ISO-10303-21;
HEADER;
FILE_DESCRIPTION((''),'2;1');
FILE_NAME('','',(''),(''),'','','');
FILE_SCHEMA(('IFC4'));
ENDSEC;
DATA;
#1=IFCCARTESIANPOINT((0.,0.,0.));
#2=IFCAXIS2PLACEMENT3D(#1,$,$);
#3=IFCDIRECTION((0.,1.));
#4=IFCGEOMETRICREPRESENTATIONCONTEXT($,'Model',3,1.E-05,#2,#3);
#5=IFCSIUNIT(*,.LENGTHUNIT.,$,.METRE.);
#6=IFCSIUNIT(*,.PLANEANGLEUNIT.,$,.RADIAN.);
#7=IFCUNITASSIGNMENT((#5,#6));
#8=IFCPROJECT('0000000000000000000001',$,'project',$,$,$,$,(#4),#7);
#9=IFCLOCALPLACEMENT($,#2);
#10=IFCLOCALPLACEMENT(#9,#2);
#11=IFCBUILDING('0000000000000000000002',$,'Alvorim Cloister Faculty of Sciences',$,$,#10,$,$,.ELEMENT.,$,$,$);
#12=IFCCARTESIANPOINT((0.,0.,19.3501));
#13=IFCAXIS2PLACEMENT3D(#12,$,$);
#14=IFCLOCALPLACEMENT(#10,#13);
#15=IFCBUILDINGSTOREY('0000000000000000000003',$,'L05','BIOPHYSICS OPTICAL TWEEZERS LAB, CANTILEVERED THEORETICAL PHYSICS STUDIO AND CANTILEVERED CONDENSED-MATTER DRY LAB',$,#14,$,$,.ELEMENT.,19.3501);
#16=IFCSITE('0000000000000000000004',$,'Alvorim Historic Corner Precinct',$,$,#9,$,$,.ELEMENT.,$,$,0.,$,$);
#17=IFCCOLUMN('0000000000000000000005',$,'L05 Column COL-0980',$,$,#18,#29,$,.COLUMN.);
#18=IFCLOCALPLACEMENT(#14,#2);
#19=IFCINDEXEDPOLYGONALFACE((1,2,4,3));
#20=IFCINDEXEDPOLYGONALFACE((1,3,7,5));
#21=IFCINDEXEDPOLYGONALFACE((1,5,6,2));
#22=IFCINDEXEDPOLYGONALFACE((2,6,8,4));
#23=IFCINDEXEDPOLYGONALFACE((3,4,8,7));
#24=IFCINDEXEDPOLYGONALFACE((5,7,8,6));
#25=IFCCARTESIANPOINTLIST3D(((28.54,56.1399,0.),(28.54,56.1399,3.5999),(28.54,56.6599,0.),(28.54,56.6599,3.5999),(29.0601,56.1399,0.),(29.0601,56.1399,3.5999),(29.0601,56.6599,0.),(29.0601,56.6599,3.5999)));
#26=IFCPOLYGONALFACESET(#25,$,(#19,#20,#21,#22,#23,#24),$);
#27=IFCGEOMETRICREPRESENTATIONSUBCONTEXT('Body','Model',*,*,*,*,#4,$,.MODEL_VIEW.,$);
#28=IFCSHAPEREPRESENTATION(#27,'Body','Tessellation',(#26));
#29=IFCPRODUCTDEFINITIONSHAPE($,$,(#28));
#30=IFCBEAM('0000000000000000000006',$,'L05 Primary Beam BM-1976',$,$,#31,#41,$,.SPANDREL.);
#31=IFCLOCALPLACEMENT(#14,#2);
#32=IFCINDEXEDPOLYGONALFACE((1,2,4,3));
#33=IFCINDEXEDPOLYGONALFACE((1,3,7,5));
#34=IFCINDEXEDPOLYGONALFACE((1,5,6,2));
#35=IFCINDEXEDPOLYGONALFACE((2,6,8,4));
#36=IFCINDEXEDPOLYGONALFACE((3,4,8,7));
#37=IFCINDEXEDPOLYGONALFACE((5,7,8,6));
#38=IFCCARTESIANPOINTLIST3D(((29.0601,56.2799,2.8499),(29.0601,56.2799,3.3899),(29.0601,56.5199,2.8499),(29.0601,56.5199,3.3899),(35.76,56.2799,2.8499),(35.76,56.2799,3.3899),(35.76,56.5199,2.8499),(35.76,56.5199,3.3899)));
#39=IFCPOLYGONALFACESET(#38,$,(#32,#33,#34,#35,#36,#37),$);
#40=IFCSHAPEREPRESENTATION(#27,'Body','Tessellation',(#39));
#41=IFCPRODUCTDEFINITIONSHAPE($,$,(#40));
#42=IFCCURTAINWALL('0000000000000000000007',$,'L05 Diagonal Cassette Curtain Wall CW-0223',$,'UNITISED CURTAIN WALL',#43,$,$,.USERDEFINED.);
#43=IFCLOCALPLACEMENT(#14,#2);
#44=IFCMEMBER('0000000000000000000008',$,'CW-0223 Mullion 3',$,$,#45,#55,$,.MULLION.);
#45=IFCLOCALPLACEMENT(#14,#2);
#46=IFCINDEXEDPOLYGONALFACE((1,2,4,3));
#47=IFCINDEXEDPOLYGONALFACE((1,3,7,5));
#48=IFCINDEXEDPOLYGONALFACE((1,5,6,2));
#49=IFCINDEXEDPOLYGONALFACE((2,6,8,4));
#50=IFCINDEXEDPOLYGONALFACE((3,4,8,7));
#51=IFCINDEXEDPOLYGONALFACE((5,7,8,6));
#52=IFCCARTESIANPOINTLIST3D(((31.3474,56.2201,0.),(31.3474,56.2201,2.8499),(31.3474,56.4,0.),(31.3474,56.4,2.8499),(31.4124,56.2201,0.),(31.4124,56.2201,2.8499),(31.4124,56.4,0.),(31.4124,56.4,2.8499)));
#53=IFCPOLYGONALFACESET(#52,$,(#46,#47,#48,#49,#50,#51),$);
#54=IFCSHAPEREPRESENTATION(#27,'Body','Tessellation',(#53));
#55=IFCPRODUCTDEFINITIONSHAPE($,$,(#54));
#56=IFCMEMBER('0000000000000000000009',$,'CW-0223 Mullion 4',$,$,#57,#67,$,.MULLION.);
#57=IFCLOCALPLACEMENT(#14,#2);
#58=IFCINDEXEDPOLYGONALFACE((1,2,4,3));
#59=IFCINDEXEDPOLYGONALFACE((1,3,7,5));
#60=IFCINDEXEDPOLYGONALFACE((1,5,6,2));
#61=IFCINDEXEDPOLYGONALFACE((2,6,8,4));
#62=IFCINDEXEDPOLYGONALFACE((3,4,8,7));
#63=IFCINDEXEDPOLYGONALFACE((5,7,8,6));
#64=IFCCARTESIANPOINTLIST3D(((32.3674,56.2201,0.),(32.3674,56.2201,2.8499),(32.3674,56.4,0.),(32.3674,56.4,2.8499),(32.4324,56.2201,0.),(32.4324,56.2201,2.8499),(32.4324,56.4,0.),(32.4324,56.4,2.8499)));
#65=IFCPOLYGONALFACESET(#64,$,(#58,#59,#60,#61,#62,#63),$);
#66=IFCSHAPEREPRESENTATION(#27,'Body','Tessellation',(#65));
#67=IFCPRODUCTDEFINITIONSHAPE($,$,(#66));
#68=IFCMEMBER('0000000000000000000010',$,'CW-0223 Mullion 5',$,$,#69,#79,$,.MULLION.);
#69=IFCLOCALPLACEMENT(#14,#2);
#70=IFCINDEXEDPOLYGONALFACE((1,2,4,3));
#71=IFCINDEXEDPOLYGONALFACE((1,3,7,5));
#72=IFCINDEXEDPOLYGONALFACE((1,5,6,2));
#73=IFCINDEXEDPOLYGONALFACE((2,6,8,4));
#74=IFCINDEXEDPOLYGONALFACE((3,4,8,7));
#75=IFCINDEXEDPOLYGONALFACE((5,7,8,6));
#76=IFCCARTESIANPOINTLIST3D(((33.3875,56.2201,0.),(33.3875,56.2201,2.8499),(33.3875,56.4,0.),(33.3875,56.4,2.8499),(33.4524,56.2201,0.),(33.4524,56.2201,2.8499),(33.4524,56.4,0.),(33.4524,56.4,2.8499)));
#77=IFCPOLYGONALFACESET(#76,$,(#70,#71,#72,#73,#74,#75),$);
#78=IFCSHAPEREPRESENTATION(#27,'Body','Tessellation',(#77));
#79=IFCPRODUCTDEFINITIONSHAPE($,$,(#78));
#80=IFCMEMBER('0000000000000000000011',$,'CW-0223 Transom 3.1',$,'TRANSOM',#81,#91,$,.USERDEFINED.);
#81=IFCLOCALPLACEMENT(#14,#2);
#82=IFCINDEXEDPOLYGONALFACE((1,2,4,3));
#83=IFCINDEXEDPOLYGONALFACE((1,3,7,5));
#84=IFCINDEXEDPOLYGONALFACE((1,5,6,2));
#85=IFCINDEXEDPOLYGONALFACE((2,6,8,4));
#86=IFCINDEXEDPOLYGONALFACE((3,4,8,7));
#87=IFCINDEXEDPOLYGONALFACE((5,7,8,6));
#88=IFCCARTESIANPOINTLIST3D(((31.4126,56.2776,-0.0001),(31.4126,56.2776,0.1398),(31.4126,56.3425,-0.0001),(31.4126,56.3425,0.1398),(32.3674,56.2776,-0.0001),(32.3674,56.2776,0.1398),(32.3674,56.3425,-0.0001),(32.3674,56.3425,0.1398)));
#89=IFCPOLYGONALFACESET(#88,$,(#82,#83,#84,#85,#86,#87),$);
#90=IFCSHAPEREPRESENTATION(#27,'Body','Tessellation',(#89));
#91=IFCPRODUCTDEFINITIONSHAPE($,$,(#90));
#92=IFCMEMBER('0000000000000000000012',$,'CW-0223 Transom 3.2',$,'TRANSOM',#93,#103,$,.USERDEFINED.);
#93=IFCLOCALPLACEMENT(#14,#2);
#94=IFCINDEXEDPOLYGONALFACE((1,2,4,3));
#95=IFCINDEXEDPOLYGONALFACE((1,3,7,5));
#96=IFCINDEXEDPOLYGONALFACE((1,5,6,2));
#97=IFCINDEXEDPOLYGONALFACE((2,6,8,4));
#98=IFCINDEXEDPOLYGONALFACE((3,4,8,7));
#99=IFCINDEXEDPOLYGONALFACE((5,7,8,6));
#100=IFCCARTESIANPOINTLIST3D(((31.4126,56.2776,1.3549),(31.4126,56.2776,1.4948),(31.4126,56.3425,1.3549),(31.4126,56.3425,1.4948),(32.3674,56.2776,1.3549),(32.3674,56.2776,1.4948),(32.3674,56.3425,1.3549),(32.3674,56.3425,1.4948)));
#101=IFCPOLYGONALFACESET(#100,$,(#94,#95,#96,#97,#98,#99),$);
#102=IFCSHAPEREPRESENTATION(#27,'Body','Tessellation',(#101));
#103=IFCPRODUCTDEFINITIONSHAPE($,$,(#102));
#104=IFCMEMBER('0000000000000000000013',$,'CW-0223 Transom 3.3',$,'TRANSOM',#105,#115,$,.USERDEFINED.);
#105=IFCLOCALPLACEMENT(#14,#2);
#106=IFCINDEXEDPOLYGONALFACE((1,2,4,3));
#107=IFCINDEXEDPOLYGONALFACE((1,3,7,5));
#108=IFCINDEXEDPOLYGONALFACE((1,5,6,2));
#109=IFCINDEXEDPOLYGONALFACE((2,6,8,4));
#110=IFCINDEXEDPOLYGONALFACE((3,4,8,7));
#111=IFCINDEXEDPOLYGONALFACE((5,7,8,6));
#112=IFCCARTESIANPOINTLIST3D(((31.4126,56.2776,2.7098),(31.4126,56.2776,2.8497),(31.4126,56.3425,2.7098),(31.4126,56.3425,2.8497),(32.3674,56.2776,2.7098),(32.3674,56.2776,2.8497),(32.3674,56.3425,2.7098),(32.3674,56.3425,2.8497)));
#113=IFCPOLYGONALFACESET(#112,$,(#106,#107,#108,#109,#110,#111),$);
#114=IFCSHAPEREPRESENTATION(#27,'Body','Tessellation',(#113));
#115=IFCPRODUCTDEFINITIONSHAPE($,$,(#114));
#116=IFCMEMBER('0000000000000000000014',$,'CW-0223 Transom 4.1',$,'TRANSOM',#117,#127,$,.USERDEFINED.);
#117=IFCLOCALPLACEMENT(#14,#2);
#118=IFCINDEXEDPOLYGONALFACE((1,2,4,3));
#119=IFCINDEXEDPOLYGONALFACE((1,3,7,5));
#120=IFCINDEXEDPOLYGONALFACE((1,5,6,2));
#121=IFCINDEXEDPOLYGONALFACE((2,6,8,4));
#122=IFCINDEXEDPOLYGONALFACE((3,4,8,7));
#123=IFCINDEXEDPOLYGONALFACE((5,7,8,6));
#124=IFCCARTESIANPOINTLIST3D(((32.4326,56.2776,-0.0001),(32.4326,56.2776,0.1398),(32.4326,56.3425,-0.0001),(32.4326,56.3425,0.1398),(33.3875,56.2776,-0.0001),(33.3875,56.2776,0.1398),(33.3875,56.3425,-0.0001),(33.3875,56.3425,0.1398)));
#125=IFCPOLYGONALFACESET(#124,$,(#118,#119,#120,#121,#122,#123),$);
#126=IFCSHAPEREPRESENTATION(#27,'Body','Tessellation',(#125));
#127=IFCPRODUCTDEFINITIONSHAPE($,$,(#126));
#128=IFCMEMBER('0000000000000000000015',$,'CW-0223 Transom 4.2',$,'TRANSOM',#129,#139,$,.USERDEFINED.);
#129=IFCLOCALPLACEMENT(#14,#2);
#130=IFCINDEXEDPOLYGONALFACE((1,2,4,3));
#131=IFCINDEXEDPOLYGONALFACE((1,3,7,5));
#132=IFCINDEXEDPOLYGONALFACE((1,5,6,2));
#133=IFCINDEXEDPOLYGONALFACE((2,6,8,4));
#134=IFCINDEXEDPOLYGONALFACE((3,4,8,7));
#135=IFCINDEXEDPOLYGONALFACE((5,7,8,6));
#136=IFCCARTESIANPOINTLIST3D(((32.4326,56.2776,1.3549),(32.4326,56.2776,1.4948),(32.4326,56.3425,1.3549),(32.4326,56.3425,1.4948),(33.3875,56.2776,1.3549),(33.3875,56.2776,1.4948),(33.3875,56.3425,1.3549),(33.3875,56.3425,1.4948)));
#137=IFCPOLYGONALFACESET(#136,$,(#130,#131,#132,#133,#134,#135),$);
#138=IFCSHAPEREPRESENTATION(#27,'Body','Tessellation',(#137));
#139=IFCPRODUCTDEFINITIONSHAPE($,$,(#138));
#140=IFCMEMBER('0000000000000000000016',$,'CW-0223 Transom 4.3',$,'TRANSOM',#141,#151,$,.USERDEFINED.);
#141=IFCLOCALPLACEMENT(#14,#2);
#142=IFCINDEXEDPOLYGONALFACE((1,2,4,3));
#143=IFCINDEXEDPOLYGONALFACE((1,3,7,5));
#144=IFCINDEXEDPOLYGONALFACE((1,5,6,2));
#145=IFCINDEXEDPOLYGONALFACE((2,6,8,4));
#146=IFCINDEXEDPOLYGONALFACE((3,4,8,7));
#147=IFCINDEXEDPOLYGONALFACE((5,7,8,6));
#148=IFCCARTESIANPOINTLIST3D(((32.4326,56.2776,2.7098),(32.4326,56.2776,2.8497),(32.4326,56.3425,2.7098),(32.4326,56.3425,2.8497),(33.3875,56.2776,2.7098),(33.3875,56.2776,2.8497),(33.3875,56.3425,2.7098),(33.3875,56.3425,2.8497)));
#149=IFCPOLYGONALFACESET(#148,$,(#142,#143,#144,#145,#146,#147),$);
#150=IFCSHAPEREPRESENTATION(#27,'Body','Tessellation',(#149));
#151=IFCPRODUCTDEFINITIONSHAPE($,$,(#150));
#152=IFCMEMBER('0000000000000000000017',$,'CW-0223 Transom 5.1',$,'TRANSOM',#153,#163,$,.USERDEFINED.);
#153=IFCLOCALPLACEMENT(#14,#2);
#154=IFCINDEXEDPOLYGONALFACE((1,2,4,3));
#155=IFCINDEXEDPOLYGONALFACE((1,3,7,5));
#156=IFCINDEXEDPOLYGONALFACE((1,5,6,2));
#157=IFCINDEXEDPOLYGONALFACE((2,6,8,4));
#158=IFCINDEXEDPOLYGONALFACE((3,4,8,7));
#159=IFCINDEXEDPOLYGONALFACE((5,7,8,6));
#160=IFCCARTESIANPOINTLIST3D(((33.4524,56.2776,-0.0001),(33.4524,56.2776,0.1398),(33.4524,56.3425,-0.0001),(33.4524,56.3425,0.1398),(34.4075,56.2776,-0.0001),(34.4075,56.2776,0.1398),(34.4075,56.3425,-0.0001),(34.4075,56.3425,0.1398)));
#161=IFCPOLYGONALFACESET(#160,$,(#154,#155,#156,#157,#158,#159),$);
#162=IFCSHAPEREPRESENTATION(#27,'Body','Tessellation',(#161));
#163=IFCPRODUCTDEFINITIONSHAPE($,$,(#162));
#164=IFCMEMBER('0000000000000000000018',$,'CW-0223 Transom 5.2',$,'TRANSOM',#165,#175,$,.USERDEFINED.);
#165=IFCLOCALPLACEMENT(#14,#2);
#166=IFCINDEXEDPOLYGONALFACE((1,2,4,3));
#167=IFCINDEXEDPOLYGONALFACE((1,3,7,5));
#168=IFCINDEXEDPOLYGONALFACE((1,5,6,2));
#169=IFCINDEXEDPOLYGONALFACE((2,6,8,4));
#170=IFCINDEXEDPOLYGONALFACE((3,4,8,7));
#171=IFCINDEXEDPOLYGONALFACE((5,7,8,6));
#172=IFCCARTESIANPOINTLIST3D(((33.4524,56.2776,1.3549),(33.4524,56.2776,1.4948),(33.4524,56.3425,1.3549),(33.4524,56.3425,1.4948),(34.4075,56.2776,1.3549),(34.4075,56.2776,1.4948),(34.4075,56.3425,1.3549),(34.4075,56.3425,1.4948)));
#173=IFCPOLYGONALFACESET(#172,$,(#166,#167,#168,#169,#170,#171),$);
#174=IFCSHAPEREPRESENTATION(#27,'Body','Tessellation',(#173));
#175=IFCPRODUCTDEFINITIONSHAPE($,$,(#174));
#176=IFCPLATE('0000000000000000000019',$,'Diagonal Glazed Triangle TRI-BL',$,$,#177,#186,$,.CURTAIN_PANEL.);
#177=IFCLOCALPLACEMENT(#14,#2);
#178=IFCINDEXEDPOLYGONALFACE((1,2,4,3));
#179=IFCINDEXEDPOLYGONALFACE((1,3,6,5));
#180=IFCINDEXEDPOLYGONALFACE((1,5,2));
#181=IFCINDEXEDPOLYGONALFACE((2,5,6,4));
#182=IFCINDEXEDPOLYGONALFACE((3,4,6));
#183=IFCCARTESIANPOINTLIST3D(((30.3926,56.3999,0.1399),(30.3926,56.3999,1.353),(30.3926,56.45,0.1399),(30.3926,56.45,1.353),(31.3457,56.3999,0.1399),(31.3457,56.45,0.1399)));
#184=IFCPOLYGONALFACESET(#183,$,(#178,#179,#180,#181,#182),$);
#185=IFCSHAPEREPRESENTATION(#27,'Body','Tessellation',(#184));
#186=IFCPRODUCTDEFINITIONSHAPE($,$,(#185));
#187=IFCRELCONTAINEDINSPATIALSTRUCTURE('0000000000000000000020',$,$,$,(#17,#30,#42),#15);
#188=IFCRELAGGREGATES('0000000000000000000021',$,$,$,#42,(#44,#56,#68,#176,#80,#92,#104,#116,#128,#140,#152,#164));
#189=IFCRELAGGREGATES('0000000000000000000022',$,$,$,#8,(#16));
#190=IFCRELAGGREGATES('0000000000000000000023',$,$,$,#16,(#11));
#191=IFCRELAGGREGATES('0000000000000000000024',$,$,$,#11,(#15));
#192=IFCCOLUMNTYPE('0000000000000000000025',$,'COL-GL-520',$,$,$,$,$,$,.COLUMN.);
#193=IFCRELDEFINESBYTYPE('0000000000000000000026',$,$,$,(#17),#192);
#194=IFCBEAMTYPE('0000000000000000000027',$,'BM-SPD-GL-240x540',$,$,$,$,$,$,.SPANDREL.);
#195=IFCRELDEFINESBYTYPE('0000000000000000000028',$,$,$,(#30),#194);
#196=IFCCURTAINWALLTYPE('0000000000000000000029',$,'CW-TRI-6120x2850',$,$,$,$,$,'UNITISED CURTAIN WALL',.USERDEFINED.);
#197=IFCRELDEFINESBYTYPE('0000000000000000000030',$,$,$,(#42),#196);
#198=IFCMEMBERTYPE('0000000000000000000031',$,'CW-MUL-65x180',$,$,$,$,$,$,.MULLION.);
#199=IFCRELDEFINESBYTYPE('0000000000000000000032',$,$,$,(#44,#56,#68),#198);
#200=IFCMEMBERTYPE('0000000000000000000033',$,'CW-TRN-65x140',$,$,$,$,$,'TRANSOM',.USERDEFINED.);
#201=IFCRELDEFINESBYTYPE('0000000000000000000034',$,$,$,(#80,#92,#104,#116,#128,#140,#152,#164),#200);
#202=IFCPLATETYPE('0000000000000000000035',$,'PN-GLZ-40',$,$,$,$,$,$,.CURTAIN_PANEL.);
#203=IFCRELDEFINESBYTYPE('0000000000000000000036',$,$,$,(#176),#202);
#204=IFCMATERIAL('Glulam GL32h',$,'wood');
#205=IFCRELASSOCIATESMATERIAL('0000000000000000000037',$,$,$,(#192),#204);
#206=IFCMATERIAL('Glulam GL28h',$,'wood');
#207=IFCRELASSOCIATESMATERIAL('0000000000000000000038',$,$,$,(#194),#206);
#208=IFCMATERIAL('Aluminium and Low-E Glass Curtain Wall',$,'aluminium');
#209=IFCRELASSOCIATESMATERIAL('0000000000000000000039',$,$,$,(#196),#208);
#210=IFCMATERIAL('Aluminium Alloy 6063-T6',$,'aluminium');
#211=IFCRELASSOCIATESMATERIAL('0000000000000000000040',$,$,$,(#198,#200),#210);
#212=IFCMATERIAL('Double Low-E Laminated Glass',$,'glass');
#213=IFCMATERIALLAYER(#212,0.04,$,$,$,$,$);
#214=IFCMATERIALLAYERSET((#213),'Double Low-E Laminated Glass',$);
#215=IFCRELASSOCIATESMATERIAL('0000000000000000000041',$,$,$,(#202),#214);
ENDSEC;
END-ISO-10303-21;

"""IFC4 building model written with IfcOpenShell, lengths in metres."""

from ifc_helpers import new_model, si_unit, direction, frame, origin, origin_2d, place, context, subcontext, project, spatial, polyline, rectangle, outline, extrude, material, layer, layer_set, material_profile, profile_set, type_object, element, aggregate, save


model = new_model("IFC4")

# Units and contexts
model_context = context("Model", 3, precision=1e-05, world=origin(), true_north=direction((0.0, 1.0)))
body_context = subcontext(model_context, "Body", "Model", "MODEL_VIEW")
ifc_project = project(units=[si_unit("LENGTHUNIT", "METRE"), si_unit("PLANEANGLEUNIT", "RADIAN")], contexts=[model_context])

# Site, building, storey
site_placement = place(None, origin())
site = spatial("IfcSite", under=ifc_project, at=site_placement, Name="Alvorim Historic Corner Precinct", CompositionType="ELEMENT", RefElevation=0.0)
building_placement = place(site_placement, origin())
building = spatial("IfcBuilding", under=site, at=building_placement, Name="Alvorim Cloister Faculty of Sciences", CompositionType="ELEMENT")
storey_placement = place(building_placement, frame((0.0, 0.0, 19.3501)))
storey = spatial("IfcBuildingStorey", under=building, at=storey_placement, Name="L05", Description="BIOPHYSICS OPTICAL TWEEZERS LAB, CANTILEVERED THEORETICAL PHYSICS STUDIO AND CANTILEVERED CONDENSED-MATTER DRY LAB", CompositionType="ELEMENT", Elevation=19.3501)

# Column
ifc_material_1 = material(Name="Glulam GL32h", Category="wood")
ifc_material_profile_1 = material_profile(ifc_material_1, rectangle(XDim=0.52, YDim=0.52, at=origin_2d()), Name="GL32-COL-520x520")
ifc_profile_set_1 = profile_set([ifc_material_profile_1], Name="Glulam GL32h")
column_type = type_object("IfcColumnType", Name="COL-GL-520", PredefinedType="COLUMN", material=ifc_profile_set_1)
column_placement = place(storey_placement, frame((28.8, 56.3999, 0.0), z_axis=(0.0, 0.0, 1.0), x_axis=(1.0, 0.0, 0.0)))
element("IfcColumn", 1, at=column_placement, inside=storey, type_object=column_type, Name="L05 Column COL-0980", PredefinedType="COLUMN", context=body_context, shape_type="SweptSolid", body=[
    extrude(rectangle(XDim=0.52, YDim=0.52, at=origin_2d()), origin(), (0.0, 0.0, 1.0), 3.5999),
])

# Beam
ifc_material_2 = material(Name="Glulam GL28h", Category="wood")
ifc_material_profile_2 = material_profile(ifc_material_2, rectangle(XDim=0.24, YDim=0.54, at=origin_2d()), Name="GL28-SPD-240x540")
ifc_profile_set_2 = profile_set([ifc_material_profile_2], Name="Glulam GL28h")
beam_type = type_object("IfcBeamType", Name="BM-SPD-GL-240x540", PredefinedType="SPANDREL", material=ifc_profile_set_2)
beam_placement = place(storey_placement, frame((29.0601, 56.3999, 3.1199), z_axis=(1.0, 0.0, 0.0), x_axis=(0.0, 1.0, 0.0)))
element("IfcBeam", 2, at=beam_placement, inside=storey, type_object=beam_type, Name="L05 Primary Beam BM-1976", PredefinedType="SPANDREL", context=body_context, shape_type="SweptSolid", body=[
    extrude(rectangle(XDim=0.24, YDim=0.54, at=origin_2d()), origin(), (0.0, 0.0, 1.0), 6.7),
])

# Curtain wall, members, plate
ifc_material_3 = material(Name="Aluminium and Low-E Glass Curtain Wall", Category="aluminium")
curtain_wall_type = type_object("IfcCurtainWallType", Name="CW-TRI-6120x2850", ElementType="UNITISED CURTAIN WALL", PredefinedType="USERDEFINED", material=ifc_material_3)
curtain_wall_placement = place(storey_placement, origin())
curtain_wall = element("IfcCurtainWall", 3, at=curtain_wall_placement, inside=storey, type_object=curtain_wall_type, Name="L05 Diagonal Cassette Curtain Wall CW-0223", ObjectType="UNITISED CURTAIN WALL", PredefinedType="USERDEFINED")
ifc_material_4 = material(Name="Aluminium Alloy 6063-T6", Category="aluminium")
ifc_material_profile_3 = material_profile(ifc_material_4, rectangle(XDim=0.0649, YDim=0.1799, at=origin_2d()), Name="ALU-MUL-65x180")
ifc_profile_set_3 = profile_set([ifc_material_profile_3], Name="Aluminium Alloy 6063-T6")
member_type_1 = type_object("IfcMemberType", Name="CW-MUL-65x180", PredefinedType="MULLION", material=ifc_profile_set_3)
member_1_placement = place(storey_placement, frame((31.3799, 56.3101, 0.0), z_axis=(0.0, 0.0, 1.0), x_axis=(1.0, 0.0, 0.0)))
member_1 = element("IfcMember", 4, at=member_1_placement, type_object=member_type_1, Name="CW-0223 Mullion 3", PredefinedType="MULLION", context=body_context, shape_type="SweptSolid", body=[
    extrude(rectangle(XDim=0.0649, YDim=0.1799, at=origin_2d()), origin(), (0.0, 0.0, 1.0), 2.8499),
])
member_2_placement = place(storey_placement, frame((32.3999, 56.3101, 0.0), z_axis=(0.0, 0.0, 1.0), x_axis=(1.0, 0.0, 0.0)))
member_2 = element("IfcMember", 5, at=member_2_placement, type_object=member_type_1, Name="CW-0223 Mullion 4", PredefinedType="MULLION", context=body_context, shape_type="SweptSolid", body=[
    extrude(rectangle(XDim=0.0649, YDim=0.1799, at=origin_2d()), origin(), (0.0, 0.0, 1.0), 2.8499),
])
member_3_placement = place(storey_placement, frame((33.4199, 56.3101, 0.0), z_axis=(0.0, 0.0, 1.0), x_axis=(1.0, 0.0, 0.0)))
member_3 = element("IfcMember", 6, at=member_3_placement, type_object=member_type_1, Name="CW-0223 Mullion 5", PredefinedType="MULLION", context=body_context, shape_type="SweptSolid", body=[
    extrude(rectangle(XDim=0.0649, YDim=0.1799, at=origin_2d()), origin(), (0.0, 0.0, 1.0), 2.8499),
])
ifc_material_profile_4 = material_profile(ifc_material_4, rectangle(XDim=0.0649, YDim=0.1399, at=origin_2d()), Name="ALU-TRN-65x140")
ifc_profile_set_4 = profile_set([ifc_material_profile_4], Name="Aluminium Alloy 6063-T6")
member_type_2 = type_object("IfcMemberType", Name="CW-TRN-65x140", ElementType="TRANSOM", PredefinedType="USERDEFINED", material=ifc_profile_set_4)
member_4_placement = place(storey_placement, frame((31.4126, 56.3101, 0.0698), z_axis=(1.0, 0.0, 0.0), x_axis=(0.0, 1.0, 0.0)))
member_4 = element("IfcMember", 7, at=member_4_placement, type_object=member_type_2, Name="CW-0223 Transom 3.1", ObjectType="TRANSOM", PredefinedType="USERDEFINED", context=body_context, shape_type="SweptSolid", body=[
    extrude(rectangle(XDim=0.0649, YDim=0.1399, at=origin_2d()), origin(), (0.0, 0.0, 1.0), 0.9548),
])
member_5_placement = place(storey_placement, frame((31.4126, 56.3101, 1.4248), z_axis=(1.0, 0.0, 0.0), x_axis=(0.0, 1.0, 0.0)))
member_5 = element("IfcMember", 8, at=member_5_placement, type_object=member_type_2, Name="CW-0223 Transom 3.2", ObjectType="TRANSOM", PredefinedType="USERDEFINED", context=body_context, shape_type="SweptSolid", body=[
    extrude(rectangle(XDim=0.0649, YDim=0.1399, at=origin_2d()), origin(), (0.0, 0.0, 1.0), 0.9548),
])
member_6_placement = place(storey_placement, frame((31.4126, 56.3101, 2.7798), z_axis=(1.0, 0.0, 0.0), x_axis=(0.0, 1.0, 0.0)))
member_6 = element("IfcMember", 9, at=member_6_placement, type_object=member_type_2, Name="CW-0223 Transom 3.3", ObjectType="TRANSOM", PredefinedType="USERDEFINED", context=body_context, shape_type="SweptSolid", body=[
    extrude(rectangle(XDim=0.0649, YDim=0.1399, at=origin_2d()), origin(), (0.0, 0.0, 1.0), 0.9548),
])
member_7_placement = place(storey_placement, frame((32.4326, 56.3101, 0.0698), z_axis=(1.0, 0.0, 0.0), x_axis=(0.0, 1.0, 0.0)))
member_7 = element("IfcMember", 10, at=member_7_placement, type_object=member_type_2, Name="CW-0223 Transom 4.1", ObjectType="TRANSOM", PredefinedType="USERDEFINED", context=body_context, shape_type="SweptSolid", body=[
    extrude(rectangle(XDim=0.0649, YDim=0.1399, at=origin_2d()), origin(), (0.0, 0.0, 1.0), 0.9548),
])
member_8_placement = place(storey_placement, frame((32.4326, 56.3101, 1.4248), z_axis=(1.0, 0.0, 0.0), x_axis=(0.0, 1.0, 0.0)))
member_8 = element("IfcMember", 11, at=member_8_placement, type_object=member_type_2, Name="CW-0223 Transom 4.2", ObjectType="TRANSOM", PredefinedType="USERDEFINED", context=body_context, shape_type="SweptSolid", body=[
    extrude(rectangle(XDim=0.0649, YDim=0.1399, at=origin_2d()), origin(), (0.0, 0.0, 1.0), 0.9548),
])
member_9_placement = place(storey_placement, frame((32.4326, 56.3101, 2.7798), z_axis=(1.0, 0.0, 0.0), x_axis=(0.0, 1.0, 0.0)))
member_9 = element("IfcMember", 12, at=member_9_placement, type_object=member_type_2, Name="CW-0223 Transom 4.3", ObjectType="TRANSOM", PredefinedType="USERDEFINED", context=body_context, shape_type="SweptSolid", body=[
    extrude(rectangle(XDim=0.0649, YDim=0.1399, at=origin_2d()), origin(), (0.0, 0.0, 1.0), 0.9548),
])
member_10_placement = place(storey_placement, frame((33.4524, 56.3101, 0.0698), z_axis=(1.0, 0.0, 0.0), x_axis=(0.0, 1.0, 0.0)))
member_10 = element("IfcMember", 13, at=member_10_placement, type_object=member_type_2, Name="CW-0223 Transom 5.1", ObjectType="TRANSOM", PredefinedType="USERDEFINED", context=body_context, shape_type="SweptSolid", body=[
    extrude(rectangle(XDim=0.0649, YDim=0.1399, at=origin_2d()), origin(), (0.0, 0.0, 1.0), 0.9551),
])
member_11_placement = place(storey_placement, frame((33.4524, 56.3101, 1.4248), z_axis=(1.0, 0.0, 0.0), x_axis=(0.0, 1.0, 0.0)))
member_11 = element("IfcMember", 14, at=member_11_placement, type_object=member_type_2, Name="CW-0223 Transom 5.2", ObjectType="TRANSOM", PredefinedType="USERDEFINED", context=body_context, shape_type="SweptSolid", body=[
    extrude(rectangle(XDim=0.0649, YDim=0.1399, at=origin_2d()), origin(), (0.0, 0.0, 1.0), 0.9551),
])
ifc_material_5 = material(Name="Double Low-E Laminated Glass", Category="glass")
ifc_layer_1 = layer(ifc_material_5, 0.04)
ifc_layer_set_1 = layer_set([ifc_layer_1], Name="Double Low-E Laminated Glass")
plate_type = type_object("IfcPlateType", Name="PN-GLZ-40", PredefinedType="CURTAIN_PANEL", material=ifc_layer_set_1)
plate_1_placement = place(storey_placement, frame((30.3926, 56.425, 0.1399), z_axis=(0.0, 0.0, 1.0), x_axis=(1.0, 0.0, 0.0)))
plate_1 = element("IfcPlate", 15, at=plate_1_placement, type_object=plate_type, Name="Diagonal Glazed Triangle TRI-BL", PredefinedType="CURTAIN_PANEL", context=body_context, shape_type="SweptSolid", body=[
    extrude(outline(polyline([(0.0, 0.0), (0.9531, 0.0), (0.0, 1.2131), (0.0, 0.0)])), frame((0.0, 0.0249, 0.0), z_axis=(0.0, -1.0, 0.0), x_axis=(1.0, 0.0, 0.0)), (0.0, 0.0, 1.0), 0.05),
])
aggregate(curtain_wall, [member_1, member_2, member_3, plate_1, member_4, member_5, member_6, member_7, member_8, member_9, member_10, member_11])

save(model, "model.ifc")
